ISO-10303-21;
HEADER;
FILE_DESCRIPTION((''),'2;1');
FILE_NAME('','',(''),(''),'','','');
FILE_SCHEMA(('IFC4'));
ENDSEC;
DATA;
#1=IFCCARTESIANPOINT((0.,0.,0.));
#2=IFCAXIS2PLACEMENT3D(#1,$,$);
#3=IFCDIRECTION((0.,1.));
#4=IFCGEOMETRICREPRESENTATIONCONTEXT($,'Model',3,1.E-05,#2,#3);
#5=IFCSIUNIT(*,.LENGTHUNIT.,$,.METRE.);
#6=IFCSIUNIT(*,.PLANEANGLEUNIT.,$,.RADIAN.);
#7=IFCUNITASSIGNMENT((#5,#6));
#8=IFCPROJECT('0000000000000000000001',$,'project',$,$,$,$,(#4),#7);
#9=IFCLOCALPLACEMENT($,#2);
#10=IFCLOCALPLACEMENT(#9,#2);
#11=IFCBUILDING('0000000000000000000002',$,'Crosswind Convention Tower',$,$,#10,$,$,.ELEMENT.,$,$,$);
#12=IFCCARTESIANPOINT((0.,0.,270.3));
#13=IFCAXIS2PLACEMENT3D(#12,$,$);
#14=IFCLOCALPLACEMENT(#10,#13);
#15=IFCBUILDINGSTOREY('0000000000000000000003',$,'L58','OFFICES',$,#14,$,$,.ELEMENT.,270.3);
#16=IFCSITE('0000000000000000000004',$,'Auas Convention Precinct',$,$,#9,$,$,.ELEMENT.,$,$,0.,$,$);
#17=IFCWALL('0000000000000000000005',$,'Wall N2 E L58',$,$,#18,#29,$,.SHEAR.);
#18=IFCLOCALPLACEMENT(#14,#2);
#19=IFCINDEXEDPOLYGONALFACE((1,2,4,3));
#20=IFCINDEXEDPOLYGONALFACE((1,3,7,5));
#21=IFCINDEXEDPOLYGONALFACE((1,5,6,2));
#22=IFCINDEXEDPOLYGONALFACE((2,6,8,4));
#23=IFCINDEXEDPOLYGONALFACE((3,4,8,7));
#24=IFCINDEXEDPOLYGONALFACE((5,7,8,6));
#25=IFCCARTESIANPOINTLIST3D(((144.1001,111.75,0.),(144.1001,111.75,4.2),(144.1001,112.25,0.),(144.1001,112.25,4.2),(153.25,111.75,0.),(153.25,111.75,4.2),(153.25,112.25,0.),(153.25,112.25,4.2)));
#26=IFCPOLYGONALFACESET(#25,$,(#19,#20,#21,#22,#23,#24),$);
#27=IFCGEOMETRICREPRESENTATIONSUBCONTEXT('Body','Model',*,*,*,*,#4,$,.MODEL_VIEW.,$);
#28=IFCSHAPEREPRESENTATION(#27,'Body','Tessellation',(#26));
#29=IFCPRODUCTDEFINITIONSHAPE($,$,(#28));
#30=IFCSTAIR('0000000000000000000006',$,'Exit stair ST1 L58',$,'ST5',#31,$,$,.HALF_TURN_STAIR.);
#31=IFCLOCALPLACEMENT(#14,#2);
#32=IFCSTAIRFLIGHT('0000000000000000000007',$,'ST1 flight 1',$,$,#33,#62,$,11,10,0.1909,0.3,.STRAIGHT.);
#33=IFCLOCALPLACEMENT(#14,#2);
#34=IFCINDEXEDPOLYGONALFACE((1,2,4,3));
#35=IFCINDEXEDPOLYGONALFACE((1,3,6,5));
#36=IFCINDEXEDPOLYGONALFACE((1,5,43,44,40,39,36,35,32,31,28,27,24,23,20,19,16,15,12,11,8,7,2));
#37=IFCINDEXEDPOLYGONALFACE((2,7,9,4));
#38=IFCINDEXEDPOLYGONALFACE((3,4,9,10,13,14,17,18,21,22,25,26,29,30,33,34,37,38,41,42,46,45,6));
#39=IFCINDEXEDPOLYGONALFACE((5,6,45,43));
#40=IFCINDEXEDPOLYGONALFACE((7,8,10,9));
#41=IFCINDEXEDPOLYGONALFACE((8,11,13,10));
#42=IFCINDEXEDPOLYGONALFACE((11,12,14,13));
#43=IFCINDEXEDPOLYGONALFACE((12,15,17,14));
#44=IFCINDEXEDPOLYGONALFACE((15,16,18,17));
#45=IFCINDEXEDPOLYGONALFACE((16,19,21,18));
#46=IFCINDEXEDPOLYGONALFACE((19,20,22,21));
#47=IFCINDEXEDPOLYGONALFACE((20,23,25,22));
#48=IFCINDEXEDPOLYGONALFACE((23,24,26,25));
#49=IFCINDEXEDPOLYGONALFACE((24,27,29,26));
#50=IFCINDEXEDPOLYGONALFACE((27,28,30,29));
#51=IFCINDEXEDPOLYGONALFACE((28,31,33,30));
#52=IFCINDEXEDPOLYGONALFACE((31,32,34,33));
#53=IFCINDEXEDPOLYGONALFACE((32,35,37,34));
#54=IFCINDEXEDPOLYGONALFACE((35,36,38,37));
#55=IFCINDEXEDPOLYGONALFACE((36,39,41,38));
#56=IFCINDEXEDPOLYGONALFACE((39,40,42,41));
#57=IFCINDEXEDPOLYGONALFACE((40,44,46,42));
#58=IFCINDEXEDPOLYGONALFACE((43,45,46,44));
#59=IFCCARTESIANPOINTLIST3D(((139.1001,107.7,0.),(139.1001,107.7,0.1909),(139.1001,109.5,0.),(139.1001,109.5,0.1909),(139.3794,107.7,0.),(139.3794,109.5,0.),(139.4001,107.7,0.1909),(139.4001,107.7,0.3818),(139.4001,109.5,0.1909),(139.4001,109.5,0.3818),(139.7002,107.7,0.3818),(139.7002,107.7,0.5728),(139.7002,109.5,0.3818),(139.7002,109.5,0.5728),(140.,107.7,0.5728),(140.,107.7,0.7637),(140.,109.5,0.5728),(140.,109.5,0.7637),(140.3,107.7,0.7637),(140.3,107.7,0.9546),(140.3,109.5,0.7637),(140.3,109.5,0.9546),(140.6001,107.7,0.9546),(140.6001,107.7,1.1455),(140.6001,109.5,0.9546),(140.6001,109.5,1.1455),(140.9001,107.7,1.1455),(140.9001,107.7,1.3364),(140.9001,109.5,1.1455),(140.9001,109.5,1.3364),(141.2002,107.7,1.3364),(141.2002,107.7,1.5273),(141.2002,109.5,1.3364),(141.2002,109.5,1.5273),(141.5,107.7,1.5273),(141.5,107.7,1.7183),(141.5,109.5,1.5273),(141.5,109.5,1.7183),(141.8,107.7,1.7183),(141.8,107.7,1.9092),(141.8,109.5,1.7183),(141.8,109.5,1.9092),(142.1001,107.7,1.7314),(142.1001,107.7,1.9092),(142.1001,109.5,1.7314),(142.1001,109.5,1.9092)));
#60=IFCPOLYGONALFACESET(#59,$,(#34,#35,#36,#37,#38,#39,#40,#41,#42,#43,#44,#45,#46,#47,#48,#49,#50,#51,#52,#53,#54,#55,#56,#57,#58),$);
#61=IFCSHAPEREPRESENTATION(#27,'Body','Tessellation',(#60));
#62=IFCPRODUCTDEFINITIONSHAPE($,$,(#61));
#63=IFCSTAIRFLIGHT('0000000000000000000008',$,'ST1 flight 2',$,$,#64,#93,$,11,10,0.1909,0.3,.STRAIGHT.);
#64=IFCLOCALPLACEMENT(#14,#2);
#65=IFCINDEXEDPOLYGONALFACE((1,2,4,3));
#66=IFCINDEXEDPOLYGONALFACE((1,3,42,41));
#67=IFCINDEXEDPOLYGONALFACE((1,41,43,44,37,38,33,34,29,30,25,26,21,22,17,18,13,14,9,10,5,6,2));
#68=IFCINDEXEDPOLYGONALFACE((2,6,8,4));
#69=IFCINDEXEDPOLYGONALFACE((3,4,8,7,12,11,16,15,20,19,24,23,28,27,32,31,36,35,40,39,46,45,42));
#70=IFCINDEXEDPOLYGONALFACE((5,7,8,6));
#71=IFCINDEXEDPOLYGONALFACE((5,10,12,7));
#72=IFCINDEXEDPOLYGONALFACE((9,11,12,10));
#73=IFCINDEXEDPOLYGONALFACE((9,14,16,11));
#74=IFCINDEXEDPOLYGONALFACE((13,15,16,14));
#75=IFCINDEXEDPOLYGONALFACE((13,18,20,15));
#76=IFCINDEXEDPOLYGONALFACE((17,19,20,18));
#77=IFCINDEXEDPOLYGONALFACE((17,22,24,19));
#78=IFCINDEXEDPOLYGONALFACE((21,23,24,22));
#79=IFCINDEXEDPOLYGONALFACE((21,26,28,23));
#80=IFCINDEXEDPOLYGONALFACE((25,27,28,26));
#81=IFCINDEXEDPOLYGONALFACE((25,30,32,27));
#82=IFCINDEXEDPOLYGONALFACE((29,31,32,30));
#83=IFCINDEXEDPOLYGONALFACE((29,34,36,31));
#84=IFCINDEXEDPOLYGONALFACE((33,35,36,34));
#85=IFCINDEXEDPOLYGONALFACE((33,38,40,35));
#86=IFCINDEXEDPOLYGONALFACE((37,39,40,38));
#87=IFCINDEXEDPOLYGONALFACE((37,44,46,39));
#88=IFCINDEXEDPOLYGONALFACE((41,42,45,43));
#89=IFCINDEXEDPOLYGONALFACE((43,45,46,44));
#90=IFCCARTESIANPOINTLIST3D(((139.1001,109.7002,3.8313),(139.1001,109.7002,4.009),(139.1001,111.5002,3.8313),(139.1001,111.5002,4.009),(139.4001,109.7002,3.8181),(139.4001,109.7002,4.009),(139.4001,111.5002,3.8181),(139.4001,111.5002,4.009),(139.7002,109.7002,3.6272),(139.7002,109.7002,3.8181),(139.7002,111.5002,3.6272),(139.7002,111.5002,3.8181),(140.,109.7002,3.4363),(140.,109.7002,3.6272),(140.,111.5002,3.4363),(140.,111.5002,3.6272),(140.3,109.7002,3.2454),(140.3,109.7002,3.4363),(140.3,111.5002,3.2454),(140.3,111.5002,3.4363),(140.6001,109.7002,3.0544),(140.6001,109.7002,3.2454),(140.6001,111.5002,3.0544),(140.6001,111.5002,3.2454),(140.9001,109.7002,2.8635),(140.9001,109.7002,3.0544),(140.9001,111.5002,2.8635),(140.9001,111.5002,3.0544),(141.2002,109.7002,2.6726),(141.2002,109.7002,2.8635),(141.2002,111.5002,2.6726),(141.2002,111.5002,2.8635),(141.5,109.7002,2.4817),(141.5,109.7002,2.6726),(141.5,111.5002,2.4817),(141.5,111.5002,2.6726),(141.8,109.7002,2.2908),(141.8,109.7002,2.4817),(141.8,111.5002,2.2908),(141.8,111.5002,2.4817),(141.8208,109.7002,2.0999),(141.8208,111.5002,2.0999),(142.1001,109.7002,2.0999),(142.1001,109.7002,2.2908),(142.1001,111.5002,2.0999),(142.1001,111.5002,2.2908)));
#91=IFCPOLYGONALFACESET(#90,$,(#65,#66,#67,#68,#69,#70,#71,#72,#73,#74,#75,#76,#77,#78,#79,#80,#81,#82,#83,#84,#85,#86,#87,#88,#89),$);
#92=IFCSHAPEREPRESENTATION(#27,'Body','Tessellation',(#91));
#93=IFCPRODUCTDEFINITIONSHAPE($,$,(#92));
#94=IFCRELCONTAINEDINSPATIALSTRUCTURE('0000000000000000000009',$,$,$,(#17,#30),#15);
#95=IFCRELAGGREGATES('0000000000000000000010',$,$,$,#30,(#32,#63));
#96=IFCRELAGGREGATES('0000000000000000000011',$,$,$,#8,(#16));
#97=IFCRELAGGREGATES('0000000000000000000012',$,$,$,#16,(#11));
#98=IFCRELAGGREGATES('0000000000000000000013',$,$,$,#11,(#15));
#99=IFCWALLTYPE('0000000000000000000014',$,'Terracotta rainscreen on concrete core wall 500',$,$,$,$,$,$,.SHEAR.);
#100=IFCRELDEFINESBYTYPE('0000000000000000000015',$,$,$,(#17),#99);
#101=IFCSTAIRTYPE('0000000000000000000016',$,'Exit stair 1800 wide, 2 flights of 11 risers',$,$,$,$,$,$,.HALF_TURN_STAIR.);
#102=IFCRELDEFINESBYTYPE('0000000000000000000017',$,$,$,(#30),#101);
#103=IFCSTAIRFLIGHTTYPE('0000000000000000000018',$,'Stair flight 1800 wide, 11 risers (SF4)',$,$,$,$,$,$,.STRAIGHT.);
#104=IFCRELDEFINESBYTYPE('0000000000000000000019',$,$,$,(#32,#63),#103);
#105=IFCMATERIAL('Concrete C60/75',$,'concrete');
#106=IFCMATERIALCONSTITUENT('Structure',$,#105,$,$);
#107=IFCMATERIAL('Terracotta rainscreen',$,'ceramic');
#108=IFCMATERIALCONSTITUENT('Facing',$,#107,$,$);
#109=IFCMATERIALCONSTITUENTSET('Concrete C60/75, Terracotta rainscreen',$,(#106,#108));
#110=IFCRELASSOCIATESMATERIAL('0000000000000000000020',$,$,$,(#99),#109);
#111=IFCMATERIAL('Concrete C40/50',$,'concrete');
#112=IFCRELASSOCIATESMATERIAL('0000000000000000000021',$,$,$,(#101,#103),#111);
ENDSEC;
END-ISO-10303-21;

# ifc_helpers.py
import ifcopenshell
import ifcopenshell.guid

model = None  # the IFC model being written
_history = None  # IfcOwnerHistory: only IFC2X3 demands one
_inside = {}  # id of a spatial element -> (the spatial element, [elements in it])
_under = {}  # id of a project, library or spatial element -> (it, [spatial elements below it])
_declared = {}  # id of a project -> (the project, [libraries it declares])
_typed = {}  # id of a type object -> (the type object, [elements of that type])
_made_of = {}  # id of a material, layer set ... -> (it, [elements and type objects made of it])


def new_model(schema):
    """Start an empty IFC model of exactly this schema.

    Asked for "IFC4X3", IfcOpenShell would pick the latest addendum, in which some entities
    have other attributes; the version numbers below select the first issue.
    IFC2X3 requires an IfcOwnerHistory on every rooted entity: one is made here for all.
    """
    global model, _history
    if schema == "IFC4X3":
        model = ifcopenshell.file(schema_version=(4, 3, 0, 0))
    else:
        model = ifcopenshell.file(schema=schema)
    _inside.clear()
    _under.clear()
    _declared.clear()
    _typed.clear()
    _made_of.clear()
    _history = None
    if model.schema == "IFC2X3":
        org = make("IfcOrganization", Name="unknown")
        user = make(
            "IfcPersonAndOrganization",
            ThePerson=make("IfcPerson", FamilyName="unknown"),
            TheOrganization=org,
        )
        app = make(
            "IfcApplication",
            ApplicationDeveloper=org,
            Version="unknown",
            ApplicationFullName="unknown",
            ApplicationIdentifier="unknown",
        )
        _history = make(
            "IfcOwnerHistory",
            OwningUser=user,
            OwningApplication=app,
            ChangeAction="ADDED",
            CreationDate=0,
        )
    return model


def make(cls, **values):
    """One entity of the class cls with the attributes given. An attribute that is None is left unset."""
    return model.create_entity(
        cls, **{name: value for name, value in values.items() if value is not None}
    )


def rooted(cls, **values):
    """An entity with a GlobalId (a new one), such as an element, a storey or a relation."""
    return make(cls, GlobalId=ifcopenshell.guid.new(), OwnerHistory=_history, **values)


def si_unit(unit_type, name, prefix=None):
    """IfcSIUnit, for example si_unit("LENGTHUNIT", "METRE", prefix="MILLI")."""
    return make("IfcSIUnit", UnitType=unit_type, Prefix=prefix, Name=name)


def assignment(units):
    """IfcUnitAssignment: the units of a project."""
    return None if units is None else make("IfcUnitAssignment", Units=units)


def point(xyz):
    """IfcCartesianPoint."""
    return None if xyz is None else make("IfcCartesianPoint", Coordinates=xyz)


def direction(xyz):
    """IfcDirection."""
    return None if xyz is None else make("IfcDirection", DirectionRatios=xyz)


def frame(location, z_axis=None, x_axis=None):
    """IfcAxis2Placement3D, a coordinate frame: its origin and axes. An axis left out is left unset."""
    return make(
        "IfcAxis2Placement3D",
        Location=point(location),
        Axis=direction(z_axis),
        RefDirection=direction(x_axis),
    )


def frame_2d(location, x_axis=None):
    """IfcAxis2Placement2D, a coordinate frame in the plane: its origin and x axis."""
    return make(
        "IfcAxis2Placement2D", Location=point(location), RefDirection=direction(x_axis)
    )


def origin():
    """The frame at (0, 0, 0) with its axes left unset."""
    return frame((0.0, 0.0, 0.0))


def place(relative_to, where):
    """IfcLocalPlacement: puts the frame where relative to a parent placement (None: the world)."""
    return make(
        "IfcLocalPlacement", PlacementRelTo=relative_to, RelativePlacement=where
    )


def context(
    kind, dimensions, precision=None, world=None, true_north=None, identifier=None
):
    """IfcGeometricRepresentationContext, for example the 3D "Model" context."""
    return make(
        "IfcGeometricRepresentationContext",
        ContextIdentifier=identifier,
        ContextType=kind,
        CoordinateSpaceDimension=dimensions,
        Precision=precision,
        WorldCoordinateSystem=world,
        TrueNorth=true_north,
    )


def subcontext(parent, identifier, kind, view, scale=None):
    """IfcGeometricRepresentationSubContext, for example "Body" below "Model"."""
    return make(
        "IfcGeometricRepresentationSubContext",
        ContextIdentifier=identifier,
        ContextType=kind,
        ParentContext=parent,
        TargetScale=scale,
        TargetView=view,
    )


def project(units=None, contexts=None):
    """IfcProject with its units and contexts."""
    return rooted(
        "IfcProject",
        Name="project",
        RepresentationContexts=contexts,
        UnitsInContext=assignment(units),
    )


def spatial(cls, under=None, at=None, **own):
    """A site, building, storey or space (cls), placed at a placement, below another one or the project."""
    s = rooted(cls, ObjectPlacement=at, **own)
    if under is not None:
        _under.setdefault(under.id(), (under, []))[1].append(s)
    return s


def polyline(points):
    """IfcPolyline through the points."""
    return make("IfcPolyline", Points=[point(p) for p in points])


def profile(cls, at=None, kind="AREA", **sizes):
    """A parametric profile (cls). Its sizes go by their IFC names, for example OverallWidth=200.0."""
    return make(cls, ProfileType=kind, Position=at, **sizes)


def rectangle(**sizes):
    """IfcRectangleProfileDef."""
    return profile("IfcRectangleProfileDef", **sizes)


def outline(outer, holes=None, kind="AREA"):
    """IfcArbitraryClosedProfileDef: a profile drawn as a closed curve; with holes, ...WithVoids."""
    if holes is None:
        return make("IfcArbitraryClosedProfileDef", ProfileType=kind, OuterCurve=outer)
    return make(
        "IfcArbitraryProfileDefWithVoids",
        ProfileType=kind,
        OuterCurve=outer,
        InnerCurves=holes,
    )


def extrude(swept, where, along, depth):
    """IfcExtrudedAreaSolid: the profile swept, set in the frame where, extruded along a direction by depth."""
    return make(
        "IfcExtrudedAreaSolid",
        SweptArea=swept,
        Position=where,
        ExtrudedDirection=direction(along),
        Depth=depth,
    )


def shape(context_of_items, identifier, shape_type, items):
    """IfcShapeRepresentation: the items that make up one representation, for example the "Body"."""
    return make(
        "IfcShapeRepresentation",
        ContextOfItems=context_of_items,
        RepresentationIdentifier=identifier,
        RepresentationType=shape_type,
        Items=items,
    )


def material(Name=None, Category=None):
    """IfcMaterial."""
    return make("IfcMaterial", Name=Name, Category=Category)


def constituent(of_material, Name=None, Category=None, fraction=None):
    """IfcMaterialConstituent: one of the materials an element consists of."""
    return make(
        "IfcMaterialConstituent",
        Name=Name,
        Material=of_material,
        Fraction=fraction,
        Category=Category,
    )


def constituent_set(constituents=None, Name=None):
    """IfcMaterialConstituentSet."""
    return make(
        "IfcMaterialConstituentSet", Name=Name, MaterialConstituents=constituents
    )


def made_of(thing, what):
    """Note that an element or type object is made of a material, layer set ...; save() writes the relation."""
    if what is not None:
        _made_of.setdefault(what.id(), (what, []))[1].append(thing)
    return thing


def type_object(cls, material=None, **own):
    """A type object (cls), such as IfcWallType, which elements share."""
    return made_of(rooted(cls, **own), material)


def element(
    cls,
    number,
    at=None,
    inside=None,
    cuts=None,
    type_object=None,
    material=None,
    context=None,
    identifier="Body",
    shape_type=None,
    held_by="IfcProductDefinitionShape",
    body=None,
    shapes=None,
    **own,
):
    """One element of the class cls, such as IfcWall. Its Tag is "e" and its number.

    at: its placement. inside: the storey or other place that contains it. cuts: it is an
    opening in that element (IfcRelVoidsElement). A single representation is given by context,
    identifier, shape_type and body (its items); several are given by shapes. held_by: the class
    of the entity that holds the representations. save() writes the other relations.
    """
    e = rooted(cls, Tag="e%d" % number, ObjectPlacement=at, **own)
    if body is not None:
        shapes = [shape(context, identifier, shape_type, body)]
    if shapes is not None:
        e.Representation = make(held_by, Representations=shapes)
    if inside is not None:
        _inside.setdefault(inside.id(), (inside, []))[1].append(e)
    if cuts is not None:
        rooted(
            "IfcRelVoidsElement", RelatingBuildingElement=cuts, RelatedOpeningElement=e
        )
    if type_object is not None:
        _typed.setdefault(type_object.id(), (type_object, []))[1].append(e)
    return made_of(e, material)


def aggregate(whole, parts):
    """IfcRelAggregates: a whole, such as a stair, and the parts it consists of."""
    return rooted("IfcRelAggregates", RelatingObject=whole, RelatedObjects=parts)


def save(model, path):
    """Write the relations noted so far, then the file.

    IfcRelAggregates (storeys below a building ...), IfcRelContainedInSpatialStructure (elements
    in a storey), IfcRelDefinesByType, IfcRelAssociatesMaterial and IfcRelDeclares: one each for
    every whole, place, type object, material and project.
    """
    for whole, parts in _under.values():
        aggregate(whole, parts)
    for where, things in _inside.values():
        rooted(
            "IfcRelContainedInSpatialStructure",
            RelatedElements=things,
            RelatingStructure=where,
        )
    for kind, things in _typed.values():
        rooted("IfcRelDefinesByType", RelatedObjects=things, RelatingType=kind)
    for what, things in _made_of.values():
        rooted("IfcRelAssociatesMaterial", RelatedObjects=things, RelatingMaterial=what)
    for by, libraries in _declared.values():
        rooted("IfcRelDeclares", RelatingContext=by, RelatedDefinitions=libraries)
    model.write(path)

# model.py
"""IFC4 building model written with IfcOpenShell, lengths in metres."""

from ifc_helpers import new_model, si_unit, direction, frame, frame_2d, origin, place, context, subcontext, project, spatial, polyline, rectangle, outline, extrude, material, constituent, constituent_set, type_object, element, aggregate, save


model = new_model("IFC4")

# Units and contexts
model_context = context("Model", 3, precision=1e-05, world=origin(), true_north=direction((0.0, 1.0)))
body_context = subcontext(model_context, "Body", "Model", "MODEL_VIEW")
ifc_project = project(units=[si_unit("LENGTHUNIT", "METRE"), si_unit("PLANEANGLEUNIT", "RADIAN")], contexts=[model_context])

# Site, building, storey
site_placement = place(None, origin())
site = spatial("IfcSite", under=ifc_project, at=site_placement, Name="Auas Convention Precinct", CompositionType="ELEMENT", RefElevation=0.0)
building_placement = place(site_placement, origin())
building = spatial("IfcBuilding", under=site, at=building_placement, Name="Crosswind Convention Tower", CompositionType="ELEMENT")
storey_placement = place(building_placement, frame((0.0, 0.0, 270.3)))
storey = spatial("IfcBuildingStorey", under=building, at=storey_placement, Name="L58", Description="OFFICES", CompositionType="ELEMENT", Elevation=270.3)

# Wall
ifc_material_1 = material(Name="Concrete C60/75", Category="concrete")
ifc_constituent_1 = constituent(ifc_material_1, Name="Structure")
ifc_material_2 = material(Name="Terracotta rainscreen", Category="ceramic")
ifc_constituent_2 = constituent(ifc_material_2, Name="Facing")
ifc_constituent_set = constituent_set(constituents=[ifc_constituent_1, ifc_constituent_2], Name="Concrete C60/75, Terracotta rainscreen")
wall_type_1 = type_object("IfcWallType", Name="Terracotta rainscreen on concrete core wall 500", PredefinedType="SHEAR", material=ifc_constituent_set)
wall_1_placement = place(storey_placement, frame((144.1001, 112.0, 0.0), z_axis=(0.0, 0.0, 1.0), x_axis=(1.0, 0.0, 0.0)))
element("IfcWall", 1, at=wall_1_placement, inside=storey, type_object=wall_type_1, Name="Wall N2 E L58", PredefinedType="SHEAR", context=body_context, shape_type="SweptSolid", body=[
    extrude(rectangle(XDim=9.1499, YDim=0.5, at=frame_2d((4.575, 0.0))), origin(), (0.0, 0.0, 1.0), 4.2),
])

# Stair, stair flights
ifc_material_3 = material(Name="Concrete C40/50", Category="concrete")
stair_type = type_object("IfcStairType", Name="Exit stair 1800 wide, 2 flights of 11 risers", PredefinedType="HALF_TURN_STAIR", material=ifc_material_3)
stair_placement = place(storey_placement, origin())
stair = element("IfcStair", 2, at=stair_placement, inside=storey, type_object=stair_type, Name="Exit stair ST1 L58", ObjectType="ST5", PredefinedType="HALF_TURN_STAIR")
stair_flight_type = type_object("IfcStairFlightType", Name="Stair flight 1800 wide, 11 risers (SF4)", PredefinedType="STRAIGHT", material=ifc_material_3)
stair_flight_1_placement = place(storey_placement, frame((139.1001, 108.6001, 0.0), z_axis=(0.0, 0.0, 1.0), x_axis=(1.0, 0.0, 0.0)))
stair_flight_1 = element("IfcStairFlight", 3, at=stair_flight_1_placement, type_object=stair_flight_type, Name="ST1 flight 1", NumberOfRisers=11, NumberOfTreads=10, PredefinedType="STRAIGHT", RiserHeight=0.1909, TreadLength=0.3, context=body_context, shape_type="SweptSolid", body=[
    extrude(outline(polyline([(0.0, 0.0), (0.0, 0.1909), (0.3, 0.1909), (0.3, 0.3818), (0.6001, 0.3818), (0.6001, 0.5728), (0.8999, 0.5728), (0.8999, 0.7637), (1.2, 0.7637), (1.2, 0.9546), (1.5, 0.9546), (1.5, 1.1455), (1.8, 1.1455), (1.8, 1.3364), (2.1001, 1.3364), (2.1001, 1.5273), (2.3999, 1.5273), (2.3999, 1.7183), (2.7, 1.7183), (2.7, 1.9092), (3.0, 1.9092), (3.0, 2.1001), (3.0, 1.7314), (0.2793, 0.0), (0.0, 0.0)])), frame((0.0, 0.8999, 0.0), z_axis=(0.0, -1.0, 0.0), x_axis=(1.0, 0.0, 0.0)), (0.0, 0.0, 1.0), 1.8),
])
stair_flight_2_placement = place(storey_placement, frame((142.1001, 110.6001, 2.0999), z_axis=(0.0, 0.0, 1.0), x_axis=(-1.0, 0.0, 0.0)))
stair_flight_2 = element("IfcStairFlight", 4, at=stair_flight_2_placement, type_object=stair_flight_type, Name="ST1 flight 2", NumberOfRisers=11, NumberOfTreads=10, PredefinedType="STRAIGHT", RiserHeight=0.1909, TreadLength=0.3, context=body_context, shape_type="SweptSolid", body=[
    extrude(outline(polyline([(0.0, 0.0), (0.0, 0.1909), (0.3, 0.1909), (0.3, 0.3818), (0.6001, 0.3818), (0.6001, 0.5728), (0.8999, 0.5728), (0.8999, 0.7637), (1.2, 0.7637), (1.2, 0.9546), (1.5, 0.9546), (1.5, 1.1455), (1.8, 1.1455), (1.8, 1.3364), (2.1001, 1.3364), (2.1001, 1.5273), (2.3999, 1.5273), (2.3999, 1.7183), (2.7, 1.7183), (2.7, 1.9092), (3.0, 1.9092), (3.0, 2.1001), (3.0, 1.7314), (0.2793, 0.0), (0.0, 0.0)])), frame((0.0, 0.8999, 0.0), z_axis=(0.0, -1.0, 0.0), x_axis=(1.0, 0.0, 0.0)), (0.0, 0.0, 1.0), 1.8),
])
aggregate(stair, [stair_flight_1, stair_flight_2])

save(model, "model.ifc")
